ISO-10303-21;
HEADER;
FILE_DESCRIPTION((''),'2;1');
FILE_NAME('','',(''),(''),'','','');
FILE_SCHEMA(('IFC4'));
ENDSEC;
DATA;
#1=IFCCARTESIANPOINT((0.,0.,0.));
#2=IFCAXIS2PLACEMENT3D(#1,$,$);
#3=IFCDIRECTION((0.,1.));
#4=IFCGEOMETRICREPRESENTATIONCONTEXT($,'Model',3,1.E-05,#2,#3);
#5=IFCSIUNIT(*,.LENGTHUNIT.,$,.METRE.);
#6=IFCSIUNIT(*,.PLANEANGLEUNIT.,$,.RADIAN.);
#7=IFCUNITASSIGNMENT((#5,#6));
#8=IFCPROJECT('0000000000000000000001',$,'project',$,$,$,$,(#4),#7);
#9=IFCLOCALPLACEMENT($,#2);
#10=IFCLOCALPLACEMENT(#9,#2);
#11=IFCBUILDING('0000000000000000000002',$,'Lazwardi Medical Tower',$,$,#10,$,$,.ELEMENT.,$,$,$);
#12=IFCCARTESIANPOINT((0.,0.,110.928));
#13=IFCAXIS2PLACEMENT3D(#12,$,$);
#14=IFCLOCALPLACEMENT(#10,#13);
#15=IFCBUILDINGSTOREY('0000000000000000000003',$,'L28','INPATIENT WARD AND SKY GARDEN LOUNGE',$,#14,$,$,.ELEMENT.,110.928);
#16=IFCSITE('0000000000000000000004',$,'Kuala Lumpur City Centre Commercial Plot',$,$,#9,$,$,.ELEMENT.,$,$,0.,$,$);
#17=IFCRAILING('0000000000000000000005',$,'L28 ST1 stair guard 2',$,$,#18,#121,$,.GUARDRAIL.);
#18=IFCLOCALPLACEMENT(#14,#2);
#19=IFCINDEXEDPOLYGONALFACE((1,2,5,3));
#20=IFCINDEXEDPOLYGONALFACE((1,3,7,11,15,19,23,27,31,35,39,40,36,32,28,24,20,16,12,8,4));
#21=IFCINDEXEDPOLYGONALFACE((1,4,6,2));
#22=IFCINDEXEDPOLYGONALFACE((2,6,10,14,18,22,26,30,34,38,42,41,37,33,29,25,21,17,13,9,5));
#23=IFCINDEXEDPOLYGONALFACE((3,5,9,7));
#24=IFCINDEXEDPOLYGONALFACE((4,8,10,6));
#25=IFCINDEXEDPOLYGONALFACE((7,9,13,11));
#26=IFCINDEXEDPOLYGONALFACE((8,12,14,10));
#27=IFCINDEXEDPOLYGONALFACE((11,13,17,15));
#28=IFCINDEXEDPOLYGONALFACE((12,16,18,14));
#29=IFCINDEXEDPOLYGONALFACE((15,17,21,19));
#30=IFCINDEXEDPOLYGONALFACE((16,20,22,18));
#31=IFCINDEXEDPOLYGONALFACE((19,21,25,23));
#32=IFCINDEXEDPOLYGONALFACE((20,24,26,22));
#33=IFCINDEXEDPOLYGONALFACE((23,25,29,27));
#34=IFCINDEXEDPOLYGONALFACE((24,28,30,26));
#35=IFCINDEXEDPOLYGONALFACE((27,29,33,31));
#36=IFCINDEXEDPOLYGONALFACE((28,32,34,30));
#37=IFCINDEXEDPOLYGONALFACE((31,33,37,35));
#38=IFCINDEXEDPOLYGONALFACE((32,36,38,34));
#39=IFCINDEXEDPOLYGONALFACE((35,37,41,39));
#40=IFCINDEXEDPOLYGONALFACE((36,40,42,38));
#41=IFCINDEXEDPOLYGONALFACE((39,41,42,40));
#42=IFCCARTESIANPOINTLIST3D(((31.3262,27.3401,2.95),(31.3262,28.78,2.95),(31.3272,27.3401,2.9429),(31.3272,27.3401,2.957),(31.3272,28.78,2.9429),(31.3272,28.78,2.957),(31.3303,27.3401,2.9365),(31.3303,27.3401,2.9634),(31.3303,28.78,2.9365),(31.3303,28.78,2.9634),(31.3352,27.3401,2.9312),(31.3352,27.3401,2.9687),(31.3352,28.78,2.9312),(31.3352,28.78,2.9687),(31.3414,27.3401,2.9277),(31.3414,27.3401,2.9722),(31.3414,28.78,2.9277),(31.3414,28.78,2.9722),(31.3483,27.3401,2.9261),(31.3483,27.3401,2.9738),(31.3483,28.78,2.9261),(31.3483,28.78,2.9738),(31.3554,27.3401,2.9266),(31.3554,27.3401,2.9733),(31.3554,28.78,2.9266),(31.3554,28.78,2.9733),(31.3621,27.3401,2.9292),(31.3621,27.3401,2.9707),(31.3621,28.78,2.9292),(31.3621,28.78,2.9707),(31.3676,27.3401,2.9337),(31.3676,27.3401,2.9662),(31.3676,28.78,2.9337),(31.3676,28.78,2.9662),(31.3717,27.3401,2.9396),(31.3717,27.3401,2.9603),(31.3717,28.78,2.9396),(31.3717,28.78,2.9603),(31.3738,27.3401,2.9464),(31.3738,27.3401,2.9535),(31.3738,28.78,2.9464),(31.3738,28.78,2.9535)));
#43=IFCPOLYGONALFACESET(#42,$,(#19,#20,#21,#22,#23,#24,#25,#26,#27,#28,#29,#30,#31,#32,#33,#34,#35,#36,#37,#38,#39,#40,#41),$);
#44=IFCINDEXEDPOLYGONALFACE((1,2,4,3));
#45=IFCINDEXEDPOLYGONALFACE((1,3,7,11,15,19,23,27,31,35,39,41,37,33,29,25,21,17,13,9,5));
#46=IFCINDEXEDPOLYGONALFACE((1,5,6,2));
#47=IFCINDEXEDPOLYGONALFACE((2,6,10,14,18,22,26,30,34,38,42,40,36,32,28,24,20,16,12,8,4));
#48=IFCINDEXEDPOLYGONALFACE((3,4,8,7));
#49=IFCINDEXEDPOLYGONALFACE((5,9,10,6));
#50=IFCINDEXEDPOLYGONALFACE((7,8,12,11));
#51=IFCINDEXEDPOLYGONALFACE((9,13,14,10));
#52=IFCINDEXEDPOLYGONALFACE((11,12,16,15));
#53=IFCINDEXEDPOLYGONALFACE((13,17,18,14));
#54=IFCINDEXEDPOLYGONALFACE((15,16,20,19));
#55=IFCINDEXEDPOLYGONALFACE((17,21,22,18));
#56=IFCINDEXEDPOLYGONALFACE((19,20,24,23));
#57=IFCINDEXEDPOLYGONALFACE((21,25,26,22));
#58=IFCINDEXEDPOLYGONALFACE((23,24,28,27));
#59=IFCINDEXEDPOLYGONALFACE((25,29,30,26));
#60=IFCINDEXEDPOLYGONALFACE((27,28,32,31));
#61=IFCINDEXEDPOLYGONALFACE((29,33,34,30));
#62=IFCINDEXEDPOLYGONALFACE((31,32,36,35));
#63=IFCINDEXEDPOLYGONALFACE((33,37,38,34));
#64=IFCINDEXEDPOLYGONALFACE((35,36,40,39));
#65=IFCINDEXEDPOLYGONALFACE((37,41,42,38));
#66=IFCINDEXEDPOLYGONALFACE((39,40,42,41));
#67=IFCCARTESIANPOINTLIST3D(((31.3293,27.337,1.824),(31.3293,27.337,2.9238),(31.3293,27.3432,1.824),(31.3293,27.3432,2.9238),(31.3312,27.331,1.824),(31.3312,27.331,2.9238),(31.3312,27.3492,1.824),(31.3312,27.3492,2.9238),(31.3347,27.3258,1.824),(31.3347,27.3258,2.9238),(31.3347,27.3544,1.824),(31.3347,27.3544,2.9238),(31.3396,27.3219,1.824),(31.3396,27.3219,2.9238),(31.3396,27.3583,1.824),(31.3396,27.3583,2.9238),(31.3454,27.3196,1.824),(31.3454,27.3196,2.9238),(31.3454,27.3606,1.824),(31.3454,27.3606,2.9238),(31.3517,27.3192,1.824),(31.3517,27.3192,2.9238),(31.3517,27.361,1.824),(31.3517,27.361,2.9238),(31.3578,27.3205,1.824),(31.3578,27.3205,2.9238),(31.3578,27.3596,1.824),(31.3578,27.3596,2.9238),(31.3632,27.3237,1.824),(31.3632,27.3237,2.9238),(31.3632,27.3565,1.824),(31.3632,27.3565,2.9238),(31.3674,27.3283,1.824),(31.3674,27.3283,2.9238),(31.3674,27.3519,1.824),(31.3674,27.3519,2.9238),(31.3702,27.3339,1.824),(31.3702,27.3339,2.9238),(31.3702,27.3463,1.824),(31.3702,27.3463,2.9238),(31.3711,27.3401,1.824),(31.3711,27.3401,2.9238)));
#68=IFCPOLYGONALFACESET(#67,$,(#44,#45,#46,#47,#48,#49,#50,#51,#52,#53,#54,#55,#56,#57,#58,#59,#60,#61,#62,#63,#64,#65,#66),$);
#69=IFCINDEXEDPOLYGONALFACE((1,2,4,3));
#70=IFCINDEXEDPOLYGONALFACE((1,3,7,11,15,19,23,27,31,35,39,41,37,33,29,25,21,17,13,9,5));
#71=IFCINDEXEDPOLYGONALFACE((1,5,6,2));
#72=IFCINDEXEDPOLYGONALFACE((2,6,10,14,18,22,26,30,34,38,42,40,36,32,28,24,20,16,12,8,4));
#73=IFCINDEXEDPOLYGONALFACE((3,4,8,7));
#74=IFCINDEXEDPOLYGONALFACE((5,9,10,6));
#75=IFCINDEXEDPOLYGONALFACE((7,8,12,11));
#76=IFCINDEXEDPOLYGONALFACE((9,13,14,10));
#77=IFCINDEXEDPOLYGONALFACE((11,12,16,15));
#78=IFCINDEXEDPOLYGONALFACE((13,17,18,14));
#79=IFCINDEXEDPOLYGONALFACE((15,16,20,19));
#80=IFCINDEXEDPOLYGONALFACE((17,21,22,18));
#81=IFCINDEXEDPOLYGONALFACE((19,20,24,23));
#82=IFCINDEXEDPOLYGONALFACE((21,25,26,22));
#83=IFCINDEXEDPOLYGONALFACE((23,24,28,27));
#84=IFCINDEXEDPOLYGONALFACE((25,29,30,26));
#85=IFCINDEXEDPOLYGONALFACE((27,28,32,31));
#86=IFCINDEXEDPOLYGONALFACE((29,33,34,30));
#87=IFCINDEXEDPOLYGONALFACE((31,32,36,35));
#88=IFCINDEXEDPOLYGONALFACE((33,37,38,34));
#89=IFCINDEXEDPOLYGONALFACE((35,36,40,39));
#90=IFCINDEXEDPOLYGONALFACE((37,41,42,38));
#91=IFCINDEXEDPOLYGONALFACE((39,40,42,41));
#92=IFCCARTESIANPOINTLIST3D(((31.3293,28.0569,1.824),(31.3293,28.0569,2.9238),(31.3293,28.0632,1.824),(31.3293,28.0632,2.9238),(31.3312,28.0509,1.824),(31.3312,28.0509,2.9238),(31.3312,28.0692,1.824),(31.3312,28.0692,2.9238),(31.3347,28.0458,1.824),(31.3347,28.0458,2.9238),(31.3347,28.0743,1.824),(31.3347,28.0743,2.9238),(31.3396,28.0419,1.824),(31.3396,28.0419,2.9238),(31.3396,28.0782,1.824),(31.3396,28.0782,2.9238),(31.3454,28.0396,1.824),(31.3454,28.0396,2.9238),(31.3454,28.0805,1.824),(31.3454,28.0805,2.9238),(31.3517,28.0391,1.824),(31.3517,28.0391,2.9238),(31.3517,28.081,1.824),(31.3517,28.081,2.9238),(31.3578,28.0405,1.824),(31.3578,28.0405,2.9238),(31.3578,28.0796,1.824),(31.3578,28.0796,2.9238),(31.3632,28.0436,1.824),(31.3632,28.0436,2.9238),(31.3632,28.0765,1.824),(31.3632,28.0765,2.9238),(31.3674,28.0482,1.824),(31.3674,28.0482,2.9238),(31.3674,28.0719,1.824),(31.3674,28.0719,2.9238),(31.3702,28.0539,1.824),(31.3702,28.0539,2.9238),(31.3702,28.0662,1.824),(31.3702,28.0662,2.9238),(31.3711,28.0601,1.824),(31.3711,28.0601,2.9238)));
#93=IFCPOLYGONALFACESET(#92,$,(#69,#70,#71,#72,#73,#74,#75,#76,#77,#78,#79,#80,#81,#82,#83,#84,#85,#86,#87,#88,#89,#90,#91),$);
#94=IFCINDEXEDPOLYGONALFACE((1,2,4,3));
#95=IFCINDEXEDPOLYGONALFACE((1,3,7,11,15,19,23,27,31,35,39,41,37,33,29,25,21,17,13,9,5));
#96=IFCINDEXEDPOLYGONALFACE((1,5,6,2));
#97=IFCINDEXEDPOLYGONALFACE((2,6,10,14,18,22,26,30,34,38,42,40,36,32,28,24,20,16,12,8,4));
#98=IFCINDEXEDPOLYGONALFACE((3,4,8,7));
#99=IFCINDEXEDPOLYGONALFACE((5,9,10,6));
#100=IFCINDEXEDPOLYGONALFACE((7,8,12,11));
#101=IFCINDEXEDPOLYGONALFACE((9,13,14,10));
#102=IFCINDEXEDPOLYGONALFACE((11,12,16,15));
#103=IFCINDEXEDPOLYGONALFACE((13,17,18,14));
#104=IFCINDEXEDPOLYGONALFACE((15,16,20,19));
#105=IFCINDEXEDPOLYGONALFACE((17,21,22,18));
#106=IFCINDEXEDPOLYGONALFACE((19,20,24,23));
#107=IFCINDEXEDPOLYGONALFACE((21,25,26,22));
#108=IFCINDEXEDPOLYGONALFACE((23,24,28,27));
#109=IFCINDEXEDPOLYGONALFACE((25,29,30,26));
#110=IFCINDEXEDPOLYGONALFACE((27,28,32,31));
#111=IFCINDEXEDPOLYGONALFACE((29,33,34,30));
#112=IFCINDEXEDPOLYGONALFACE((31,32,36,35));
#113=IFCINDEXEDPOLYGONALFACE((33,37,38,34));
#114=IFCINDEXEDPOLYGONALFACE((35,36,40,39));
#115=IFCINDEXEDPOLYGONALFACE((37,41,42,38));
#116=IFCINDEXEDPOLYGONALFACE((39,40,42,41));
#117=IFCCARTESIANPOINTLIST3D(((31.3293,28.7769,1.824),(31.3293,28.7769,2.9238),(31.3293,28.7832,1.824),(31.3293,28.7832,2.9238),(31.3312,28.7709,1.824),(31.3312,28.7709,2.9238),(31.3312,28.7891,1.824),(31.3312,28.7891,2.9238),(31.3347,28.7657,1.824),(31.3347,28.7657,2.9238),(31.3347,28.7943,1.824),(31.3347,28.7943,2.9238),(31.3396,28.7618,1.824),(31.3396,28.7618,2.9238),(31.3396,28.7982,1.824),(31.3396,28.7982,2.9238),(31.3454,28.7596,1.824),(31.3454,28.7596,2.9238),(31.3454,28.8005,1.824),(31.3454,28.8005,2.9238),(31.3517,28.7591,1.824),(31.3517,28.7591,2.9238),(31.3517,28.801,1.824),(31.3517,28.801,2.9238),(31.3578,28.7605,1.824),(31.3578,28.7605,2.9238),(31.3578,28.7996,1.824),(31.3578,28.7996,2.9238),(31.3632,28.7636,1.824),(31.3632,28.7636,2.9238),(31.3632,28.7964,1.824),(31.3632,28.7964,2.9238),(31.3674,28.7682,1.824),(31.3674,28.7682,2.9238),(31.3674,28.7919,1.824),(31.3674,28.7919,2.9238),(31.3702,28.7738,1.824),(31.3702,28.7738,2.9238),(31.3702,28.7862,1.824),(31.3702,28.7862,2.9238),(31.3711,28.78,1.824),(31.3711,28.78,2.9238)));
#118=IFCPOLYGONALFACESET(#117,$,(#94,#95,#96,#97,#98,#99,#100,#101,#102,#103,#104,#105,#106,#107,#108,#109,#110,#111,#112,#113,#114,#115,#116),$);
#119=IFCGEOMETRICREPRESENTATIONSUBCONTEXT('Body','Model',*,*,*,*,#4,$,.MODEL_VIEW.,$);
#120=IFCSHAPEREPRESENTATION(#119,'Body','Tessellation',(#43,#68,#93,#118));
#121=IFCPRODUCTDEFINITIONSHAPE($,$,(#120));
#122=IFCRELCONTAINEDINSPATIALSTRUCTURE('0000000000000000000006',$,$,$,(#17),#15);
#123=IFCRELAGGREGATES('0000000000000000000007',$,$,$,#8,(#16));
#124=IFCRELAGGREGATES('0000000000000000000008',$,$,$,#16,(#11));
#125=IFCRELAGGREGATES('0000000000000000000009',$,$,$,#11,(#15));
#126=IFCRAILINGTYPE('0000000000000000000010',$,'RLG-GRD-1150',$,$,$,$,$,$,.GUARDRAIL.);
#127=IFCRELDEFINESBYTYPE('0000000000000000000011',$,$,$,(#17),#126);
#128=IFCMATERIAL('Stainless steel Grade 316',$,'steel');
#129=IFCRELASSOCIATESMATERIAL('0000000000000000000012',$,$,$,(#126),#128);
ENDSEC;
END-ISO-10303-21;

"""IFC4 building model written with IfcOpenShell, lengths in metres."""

from ifc_helpers import new_model, si_unit, direction, frame, origin, origin_2d, place, context, subcontext, project, spatial, circle, extrude, material, type_object, element, save


model = new_model("IFC4")

# Units and contexts
model_context = context("Model", 3, precision=1e-05, world=origin(), true_north=direction((0.0, 1.0)))
body_context = subcontext(model_context, "Body", "Model", "MODEL_VIEW")
ifc_project = project(units=[si_unit("LENGTHUNIT", "METRE"), si_unit("PLANEANGLEUNIT", "RADIAN")], contexts=[model_context])

# Site, building, storey
site_placement = place(None, origin())
site = spatial("IfcSite", under=ifc_project, at=site_placement, Name="Kuala Lumpur City Centre Commercial Plot", CompositionType="ELEMENT", RefElevation=0.0)
building_placement = place(site_placement, origin())
building = spatial("IfcBuilding", under=site, at=building_placement, Name="Lazwardi Medical Tower", CompositionType="ELEMENT")
storey_placement = place(building_placement, frame((0.0, 0.0, 110.928)))
storey = spatial("IfcBuildingStorey", under=building, at=storey_placement, Name="L28", Description="INPATIENT WARD AND SKY GARDEN LOUNGE", CompositionType="ELEMENT", Elevation=110.928)

# Railing
ifc_material_1 = material(Name="Stainless steel Grade 316", Category="steel")
railing_type_1 = type_object("IfcRailingType", Name="RLG-GRD-1150", PredefinedType="GUARDRAIL", material=ifc_material_1)
railing_1_placement = place(storey_placement, frame((31.3501, 27.3401, 1.824)))
element("IfcRailing", 1, at=railing_1_placement, inside=storey, type_object=railing_type_1, Name="L28 ST1 stair guard 2", PredefinedType="GUARDRAIL", context=body_context, shape_type="SweptSolid", body=[
    extrude(circle(Radius=0.0239, at=origin_2d()), frame((0.0, 0.0, 1.126), z_axis=(0.0, 1.0, 0.0), x_axis=(-1.0, 0.0, 0.0)), (0.0, 0.0, 1.0), 1.4399),
    extrude(circle(Radius=0.021, at=origin_2d()), origin(), (0.0, 0.0, 1.0), 1.0999),
    extrude(circle(Radius=0.021, at=origin_2d()), frame((0.0, 0.72, 0.0)), (0.0, 0.0, 1.0), 1.0999),
    extrude(circle(Radius=0.021, at=origin_2d()), frame((0.0, 1.4399, 0.0)), (0.0, 0.0, 1.0), 1.0999),
])

save(model, "model.ifc")
